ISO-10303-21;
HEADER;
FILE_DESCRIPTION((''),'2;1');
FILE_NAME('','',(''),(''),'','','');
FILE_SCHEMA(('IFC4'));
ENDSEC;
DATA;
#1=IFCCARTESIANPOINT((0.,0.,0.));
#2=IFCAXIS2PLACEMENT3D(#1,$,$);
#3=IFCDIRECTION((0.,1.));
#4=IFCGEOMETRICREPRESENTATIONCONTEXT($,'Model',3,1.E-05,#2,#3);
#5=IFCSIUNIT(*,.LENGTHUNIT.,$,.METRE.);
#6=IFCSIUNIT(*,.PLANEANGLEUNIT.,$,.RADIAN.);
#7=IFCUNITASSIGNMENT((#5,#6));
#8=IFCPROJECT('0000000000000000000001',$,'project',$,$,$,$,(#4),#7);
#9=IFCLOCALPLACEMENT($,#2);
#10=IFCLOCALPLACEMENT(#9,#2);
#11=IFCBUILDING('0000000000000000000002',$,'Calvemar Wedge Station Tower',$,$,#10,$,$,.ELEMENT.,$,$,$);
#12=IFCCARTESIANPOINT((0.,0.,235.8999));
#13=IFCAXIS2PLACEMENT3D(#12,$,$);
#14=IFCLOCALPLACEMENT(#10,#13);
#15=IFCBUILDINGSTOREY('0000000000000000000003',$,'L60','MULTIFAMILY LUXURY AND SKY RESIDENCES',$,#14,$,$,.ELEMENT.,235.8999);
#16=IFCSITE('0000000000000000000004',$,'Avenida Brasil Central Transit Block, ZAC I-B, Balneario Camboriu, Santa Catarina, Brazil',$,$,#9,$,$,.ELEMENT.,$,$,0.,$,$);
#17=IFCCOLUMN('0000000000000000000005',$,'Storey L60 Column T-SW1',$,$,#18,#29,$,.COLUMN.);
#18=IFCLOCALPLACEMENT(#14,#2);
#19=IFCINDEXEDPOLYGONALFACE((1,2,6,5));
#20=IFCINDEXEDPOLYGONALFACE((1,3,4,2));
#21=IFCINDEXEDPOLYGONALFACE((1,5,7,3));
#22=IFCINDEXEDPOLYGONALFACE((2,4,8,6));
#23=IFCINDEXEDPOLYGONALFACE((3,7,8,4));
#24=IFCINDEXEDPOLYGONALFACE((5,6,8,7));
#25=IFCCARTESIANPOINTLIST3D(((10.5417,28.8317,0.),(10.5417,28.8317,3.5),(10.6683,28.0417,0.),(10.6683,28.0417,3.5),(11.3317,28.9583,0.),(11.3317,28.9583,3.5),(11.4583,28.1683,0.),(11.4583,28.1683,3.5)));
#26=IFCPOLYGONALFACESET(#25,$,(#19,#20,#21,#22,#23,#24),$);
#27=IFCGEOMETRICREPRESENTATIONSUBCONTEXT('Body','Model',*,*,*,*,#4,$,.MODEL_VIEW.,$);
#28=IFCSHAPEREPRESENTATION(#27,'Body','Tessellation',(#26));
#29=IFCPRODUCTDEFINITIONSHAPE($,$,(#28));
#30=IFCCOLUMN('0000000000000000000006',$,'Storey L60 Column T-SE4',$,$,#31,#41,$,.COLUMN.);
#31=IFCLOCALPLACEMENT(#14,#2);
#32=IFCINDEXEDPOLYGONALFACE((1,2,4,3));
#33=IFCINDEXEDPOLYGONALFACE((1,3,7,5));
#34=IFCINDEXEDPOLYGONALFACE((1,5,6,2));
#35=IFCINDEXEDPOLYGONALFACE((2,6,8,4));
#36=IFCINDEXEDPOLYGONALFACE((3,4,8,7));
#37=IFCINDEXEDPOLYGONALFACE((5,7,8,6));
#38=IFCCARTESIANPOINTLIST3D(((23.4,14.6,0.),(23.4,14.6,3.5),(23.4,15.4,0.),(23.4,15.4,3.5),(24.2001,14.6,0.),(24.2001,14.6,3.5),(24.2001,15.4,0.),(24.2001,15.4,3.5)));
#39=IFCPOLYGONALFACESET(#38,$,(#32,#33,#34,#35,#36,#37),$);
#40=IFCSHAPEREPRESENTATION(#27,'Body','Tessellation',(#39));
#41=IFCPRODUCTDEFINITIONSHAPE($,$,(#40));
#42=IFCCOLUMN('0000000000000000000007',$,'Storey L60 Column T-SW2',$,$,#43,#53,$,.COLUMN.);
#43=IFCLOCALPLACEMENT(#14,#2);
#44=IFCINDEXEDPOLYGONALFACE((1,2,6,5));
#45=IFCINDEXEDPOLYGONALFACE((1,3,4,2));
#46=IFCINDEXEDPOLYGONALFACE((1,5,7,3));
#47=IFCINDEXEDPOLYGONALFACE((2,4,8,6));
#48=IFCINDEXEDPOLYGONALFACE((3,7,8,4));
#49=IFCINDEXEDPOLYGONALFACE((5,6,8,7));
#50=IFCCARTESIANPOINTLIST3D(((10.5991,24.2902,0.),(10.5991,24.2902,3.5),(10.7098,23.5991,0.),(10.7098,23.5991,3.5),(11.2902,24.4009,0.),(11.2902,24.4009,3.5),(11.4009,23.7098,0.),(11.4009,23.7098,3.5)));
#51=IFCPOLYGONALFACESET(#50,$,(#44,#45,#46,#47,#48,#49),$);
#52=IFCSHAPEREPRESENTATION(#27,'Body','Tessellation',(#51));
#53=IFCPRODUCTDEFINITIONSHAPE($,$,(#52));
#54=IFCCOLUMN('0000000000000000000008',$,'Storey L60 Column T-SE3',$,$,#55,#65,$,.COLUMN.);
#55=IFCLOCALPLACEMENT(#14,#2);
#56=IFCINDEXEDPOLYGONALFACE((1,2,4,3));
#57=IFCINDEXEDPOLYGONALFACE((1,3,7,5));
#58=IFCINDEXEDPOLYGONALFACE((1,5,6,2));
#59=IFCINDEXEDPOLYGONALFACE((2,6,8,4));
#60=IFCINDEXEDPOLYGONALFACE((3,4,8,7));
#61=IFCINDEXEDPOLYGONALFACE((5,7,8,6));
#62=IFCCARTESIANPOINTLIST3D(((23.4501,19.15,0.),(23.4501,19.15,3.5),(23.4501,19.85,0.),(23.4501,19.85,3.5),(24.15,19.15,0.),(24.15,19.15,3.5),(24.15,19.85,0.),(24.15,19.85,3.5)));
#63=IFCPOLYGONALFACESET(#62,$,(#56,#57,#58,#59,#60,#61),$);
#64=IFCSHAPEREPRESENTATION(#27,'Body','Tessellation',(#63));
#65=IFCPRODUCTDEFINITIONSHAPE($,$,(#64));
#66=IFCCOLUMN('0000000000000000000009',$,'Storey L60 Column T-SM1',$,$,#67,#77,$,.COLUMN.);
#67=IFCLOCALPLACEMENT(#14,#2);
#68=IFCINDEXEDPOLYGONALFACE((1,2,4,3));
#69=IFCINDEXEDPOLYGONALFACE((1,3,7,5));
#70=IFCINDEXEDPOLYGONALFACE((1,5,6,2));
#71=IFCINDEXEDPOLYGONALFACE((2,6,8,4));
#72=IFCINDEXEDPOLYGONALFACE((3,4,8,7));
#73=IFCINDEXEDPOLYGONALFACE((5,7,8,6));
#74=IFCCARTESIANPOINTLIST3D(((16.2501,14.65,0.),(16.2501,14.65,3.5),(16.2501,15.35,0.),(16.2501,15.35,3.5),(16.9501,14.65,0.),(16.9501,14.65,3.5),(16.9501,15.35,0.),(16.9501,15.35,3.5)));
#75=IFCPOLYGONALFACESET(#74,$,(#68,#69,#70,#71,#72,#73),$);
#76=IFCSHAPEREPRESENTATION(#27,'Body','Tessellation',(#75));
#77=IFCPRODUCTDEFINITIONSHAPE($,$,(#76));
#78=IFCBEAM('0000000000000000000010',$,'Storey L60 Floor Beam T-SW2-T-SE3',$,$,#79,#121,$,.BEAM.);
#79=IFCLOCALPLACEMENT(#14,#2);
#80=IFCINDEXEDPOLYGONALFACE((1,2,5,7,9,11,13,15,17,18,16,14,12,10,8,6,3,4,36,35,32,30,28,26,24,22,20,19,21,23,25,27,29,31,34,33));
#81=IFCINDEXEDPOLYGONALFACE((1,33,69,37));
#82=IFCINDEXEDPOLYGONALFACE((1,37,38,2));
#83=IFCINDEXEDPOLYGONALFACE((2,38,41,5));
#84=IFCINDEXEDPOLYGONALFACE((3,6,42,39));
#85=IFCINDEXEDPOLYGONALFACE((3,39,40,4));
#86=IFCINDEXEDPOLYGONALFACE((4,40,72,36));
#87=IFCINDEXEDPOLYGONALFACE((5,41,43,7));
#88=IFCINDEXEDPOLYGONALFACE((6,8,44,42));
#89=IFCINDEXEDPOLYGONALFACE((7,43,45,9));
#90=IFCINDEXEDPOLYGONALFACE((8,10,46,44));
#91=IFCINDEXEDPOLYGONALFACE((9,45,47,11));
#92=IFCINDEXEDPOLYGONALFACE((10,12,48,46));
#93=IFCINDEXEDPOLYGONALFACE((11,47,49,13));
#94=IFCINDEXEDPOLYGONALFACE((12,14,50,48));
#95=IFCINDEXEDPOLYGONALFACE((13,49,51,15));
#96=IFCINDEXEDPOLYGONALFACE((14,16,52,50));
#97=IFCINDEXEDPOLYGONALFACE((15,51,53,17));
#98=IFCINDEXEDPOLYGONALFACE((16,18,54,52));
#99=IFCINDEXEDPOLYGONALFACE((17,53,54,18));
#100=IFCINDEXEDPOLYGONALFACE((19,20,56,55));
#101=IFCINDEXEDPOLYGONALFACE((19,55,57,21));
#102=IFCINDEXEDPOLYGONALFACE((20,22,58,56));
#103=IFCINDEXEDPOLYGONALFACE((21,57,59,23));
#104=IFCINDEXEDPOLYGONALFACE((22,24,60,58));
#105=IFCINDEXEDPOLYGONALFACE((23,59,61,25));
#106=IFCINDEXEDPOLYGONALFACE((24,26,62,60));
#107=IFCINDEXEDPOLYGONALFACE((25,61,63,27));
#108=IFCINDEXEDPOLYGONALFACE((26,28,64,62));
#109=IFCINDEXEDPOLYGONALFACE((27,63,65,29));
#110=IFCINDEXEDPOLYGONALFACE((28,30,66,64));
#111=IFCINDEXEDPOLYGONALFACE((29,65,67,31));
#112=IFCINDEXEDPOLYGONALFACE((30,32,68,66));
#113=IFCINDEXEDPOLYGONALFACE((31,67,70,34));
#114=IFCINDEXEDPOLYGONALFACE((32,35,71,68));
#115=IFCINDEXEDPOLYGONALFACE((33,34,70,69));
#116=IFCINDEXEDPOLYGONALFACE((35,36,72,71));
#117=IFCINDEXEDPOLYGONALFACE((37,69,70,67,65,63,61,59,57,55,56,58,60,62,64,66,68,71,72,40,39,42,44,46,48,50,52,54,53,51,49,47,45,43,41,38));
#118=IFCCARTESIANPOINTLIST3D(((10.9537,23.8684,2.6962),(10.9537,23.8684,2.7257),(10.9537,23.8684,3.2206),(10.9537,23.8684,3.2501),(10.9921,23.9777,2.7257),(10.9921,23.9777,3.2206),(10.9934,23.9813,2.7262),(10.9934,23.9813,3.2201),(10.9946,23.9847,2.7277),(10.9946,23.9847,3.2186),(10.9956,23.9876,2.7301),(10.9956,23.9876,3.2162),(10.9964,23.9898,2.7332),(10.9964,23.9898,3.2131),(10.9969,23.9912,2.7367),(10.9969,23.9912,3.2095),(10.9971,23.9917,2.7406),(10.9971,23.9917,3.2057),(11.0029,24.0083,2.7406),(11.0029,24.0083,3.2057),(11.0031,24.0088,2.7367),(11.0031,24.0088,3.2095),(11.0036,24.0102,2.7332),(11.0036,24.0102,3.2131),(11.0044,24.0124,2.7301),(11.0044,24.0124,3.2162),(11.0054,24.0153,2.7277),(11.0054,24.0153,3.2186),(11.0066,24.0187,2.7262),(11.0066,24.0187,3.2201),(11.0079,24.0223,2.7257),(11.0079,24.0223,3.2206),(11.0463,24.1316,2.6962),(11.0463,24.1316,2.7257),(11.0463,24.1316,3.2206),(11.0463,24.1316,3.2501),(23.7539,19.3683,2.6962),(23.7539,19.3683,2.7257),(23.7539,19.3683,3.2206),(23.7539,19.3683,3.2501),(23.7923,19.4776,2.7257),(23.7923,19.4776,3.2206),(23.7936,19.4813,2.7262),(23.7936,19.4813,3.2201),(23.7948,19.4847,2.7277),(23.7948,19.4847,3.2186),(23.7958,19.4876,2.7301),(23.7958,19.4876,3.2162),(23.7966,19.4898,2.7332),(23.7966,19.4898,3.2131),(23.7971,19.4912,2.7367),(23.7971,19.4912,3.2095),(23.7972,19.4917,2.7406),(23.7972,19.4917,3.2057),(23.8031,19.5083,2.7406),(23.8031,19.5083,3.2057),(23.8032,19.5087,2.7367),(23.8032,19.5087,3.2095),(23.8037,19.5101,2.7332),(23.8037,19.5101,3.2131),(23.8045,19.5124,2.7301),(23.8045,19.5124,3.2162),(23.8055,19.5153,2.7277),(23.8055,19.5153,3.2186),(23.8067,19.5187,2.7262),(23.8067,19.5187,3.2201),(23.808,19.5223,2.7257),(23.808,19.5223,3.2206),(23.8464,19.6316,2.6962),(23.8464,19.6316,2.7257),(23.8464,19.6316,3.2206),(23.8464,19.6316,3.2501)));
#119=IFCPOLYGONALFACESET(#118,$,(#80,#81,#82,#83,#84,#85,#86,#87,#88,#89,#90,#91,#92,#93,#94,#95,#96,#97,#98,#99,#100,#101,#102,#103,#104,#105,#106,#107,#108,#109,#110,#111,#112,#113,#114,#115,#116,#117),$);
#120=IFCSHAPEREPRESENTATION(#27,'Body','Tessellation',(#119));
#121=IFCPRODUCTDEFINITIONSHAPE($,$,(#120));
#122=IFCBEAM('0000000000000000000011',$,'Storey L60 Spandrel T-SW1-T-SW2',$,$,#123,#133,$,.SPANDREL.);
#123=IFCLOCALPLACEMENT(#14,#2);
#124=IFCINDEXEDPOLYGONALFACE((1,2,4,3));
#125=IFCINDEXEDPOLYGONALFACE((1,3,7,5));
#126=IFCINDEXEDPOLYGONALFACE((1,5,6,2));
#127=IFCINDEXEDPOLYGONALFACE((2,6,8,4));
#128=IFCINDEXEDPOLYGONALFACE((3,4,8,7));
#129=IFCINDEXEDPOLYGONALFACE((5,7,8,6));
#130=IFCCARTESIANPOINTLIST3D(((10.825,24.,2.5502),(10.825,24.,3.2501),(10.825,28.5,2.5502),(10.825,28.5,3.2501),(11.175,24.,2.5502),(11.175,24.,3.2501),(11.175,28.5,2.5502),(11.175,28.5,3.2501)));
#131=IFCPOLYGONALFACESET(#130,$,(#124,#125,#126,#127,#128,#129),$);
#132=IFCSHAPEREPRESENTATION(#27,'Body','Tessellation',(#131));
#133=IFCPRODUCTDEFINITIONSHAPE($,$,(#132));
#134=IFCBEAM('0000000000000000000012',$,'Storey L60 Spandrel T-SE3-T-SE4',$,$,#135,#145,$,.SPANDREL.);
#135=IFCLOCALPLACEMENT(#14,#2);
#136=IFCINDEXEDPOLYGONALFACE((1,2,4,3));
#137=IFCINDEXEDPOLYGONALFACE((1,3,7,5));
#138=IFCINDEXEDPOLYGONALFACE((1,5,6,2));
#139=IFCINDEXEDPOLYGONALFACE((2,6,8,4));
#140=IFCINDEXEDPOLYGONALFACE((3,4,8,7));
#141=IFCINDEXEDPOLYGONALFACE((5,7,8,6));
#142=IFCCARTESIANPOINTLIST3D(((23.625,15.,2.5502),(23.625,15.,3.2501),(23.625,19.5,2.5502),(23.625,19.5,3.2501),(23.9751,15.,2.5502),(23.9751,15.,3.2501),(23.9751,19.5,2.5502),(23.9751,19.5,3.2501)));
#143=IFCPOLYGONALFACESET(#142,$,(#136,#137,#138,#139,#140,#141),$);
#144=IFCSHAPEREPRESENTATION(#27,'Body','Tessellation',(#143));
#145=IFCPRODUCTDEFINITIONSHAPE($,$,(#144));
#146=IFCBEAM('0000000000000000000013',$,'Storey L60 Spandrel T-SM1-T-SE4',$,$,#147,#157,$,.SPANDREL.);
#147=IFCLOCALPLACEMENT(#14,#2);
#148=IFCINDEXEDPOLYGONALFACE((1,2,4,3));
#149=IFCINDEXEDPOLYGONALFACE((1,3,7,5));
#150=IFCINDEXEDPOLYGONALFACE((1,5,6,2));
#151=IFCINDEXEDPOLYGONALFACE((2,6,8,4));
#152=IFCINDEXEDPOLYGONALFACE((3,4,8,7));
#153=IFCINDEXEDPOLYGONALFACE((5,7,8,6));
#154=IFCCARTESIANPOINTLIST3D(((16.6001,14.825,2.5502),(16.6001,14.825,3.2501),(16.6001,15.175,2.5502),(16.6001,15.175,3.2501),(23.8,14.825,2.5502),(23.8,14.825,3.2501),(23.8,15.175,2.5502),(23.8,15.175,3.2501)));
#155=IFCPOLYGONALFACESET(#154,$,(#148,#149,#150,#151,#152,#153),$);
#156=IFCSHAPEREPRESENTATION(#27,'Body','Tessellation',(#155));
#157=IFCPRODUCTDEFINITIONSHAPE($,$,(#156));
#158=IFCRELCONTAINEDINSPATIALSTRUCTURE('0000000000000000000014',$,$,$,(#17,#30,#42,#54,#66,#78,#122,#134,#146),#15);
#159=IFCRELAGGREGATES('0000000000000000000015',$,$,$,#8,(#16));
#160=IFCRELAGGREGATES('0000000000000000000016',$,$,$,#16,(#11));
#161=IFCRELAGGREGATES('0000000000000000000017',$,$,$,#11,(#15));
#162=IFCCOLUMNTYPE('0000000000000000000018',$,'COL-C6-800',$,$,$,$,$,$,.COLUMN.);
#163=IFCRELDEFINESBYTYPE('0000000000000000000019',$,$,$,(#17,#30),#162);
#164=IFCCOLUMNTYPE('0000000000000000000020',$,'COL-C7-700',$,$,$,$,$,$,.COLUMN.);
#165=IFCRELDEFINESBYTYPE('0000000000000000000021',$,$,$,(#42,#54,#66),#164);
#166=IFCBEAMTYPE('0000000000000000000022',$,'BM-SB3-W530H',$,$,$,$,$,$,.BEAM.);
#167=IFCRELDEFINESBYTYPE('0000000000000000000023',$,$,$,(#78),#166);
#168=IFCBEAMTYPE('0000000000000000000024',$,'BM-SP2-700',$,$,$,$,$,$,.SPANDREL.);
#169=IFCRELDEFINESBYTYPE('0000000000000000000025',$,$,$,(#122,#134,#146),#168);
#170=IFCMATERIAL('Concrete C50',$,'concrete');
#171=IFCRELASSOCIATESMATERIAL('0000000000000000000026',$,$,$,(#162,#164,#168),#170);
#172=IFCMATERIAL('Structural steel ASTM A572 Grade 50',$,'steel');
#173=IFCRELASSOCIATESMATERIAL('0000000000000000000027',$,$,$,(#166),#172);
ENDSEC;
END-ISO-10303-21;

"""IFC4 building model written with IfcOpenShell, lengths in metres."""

from ifc_helpers import new_model, si_unit, direction, frame, origin, origin_2d, place, context, subcontext, project, spatial, rectangle, i_section, extrude, source, transform, mapped, material, material_profile, profile_set, type_object, element, save


model = new_model("IFC4")

# Units and contexts
model_context = context("Model", 3, precision=1e-05, world=origin(), true_north=direction((0.0, 1.0)))
body_context = subcontext(model_context, "Body", "Model", "MODEL_VIEW")
ifc_project = project(units=[si_unit("LENGTHUNIT", "METRE"), si_unit("PLANEANGLEUNIT", "RADIAN")], contexts=[model_context])

# Site, building, storey
site_placement = place(None, origin())
site = spatial("IfcSite", under=ifc_project, at=site_placement, Name="Avenida Brasil Central Transit Block, ZAC I-B, Balneario Camboriu, Santa Catarina, Brazil", CompositionType="ELEMENT", RefElevation=0.0)
building_placement = place(site_placement, origin())
building = spatial("IfcBuilding", under=site, at=building_placement, Name="Calvemar Wedge Station Tower", CompositionType="ELEMENT")
storey_placement = place(building_placement, frame((0.0, 0.0, 235.8999)))
storey = spatial("IfcBuildingStorey", under=building, at=storey_placement, Name="L60", Description="MULTIFAMILY LUXURY AND SKY RESIDENCES", CompositionType="ELEMENT", Elevation=235.8999)

# Columns
ifc_material_1 = material(Name="Concrete C50", Category="concrete")
ifc_material_profile_1 = material_profile(ifc_material_1, rectangle(XDim=0.8, YDim=0.8, at=origin_2d()), Name="RC800x800")
ifc_profile_set_1 = profile_set([ifc_material_profile_1], Name="Concrete C50")
column_type_1 = type_object("IfcColumnType", Name="COL-C6-800", PredefinedType="COLUMN", material=ifc_profile_set_1)
shared_shape_1 = source(origin(), body_context, "Body", "SweptSolid", [
    extrude(rectangle(XDim=0.8, YDim=0.8, at=origin_2d()), origin(), (0.0, 0.0, 1.0), 3.5),
])
for number, where, z_axis, x_axis, name in (
    (1, (11.0, 28.5, 0.0), (0.0, 0.0, 1.0), (0.158158, -0.987414, 0.0), "Storey L60 Column T-SW1"),
    (2, (23.8, 15.0, 0.0), (0.0, 0.0, 1.0), (1.0, 0.0, 0.0), "Storey L60 Column T-SE4"),
):
    element("IfcColumn", number, at=place(storey_placement, frame(where, z_axis=z_axis, x_axis=x_axis)), inside=storey, type_object=column_type_1, Name=name, PredefinedType="COLUMN", context=body_context, shape_type="MappedRepresentation", body=[
        mapped(shared_shape_1, transform((0.0, 0.0, 0.0), scale=1.0)),
    ])
ifc_material_profile_2 = material_profile(ifc_material_1, rectangle(XDim=0.7, YDim=0.7, at=origin_2d()), Name="RC700x700")
ifc_profile_set_2 = profile_set([ifc_material_profile_2], Name="Concrete C50")
column_type_2 = type_object("IfcColumnType", Name="COL-C7-700", PredefinedType="COLUMN", material=ifc_profile_set_2)
shared_shape_2 = source(origin(), body_context, "Body", "SweptSolid", [
    extrude(rectangle(XDim=0.7, YDim=0.7, at=origin_2d()), origin(), (0.0, 0.0, 1.0), 3.5),
])
for number, where, z_axis, x_axis, name in (
    (3, (11.0, 24.0, 0.0), (0.0, 0.0, 1.0), (0.158158, -0.987414, 0.0), "Storey L60 Column T-SW2"),
    (4, (23.8, 19.5, 0.0), (0.0, 0.0, 1.0), (1.0, 0.0, 0.0), "Storey L60 Column T-SE3"),
    (5, (16.6001, 15.0, 0.0), (0.0, 0.0, 1.0), (1.0, 0.0, 0.0), "Storey L60 Column T-SM1"),
):
    element("IfcColumn", number, at=place(storey_placement, frame(where, z_axis=z_axis, x_axis=x_axis)), inside=storey, type_object=column_type_2, Name=name, PredefinedType="COLUMN", context=body_context, shape_type="MappedRepresentation", body=[
        mapped(shared_shape_2, transform((0.0, 0.0, 0.0), scale=1.0)),
    ])

# Beams
ifc_material_2 = material(Name="Structural steel ASTM A572 Grade 50", Category="steel")
ifc_material_profile_3 = material_profile(ifc_material_2, i_section(OverallWidth=0.2791, OverallDepth=0.554, WebThickness=0.0176, FlangeThickness=0.0295, FilletRadius=0.0149, at=origin_2d()), Name="W530x196")
ifc_profile_set_3 = profile_set([ifc_material_profile_3], Name="Structural steel ASTM A572 Grade 50")
beam_type_1 = type_object("IfcBeamType", Name="BM-SB3-W530H", PredefinedType="BEAM", material=ifc_profile_set_3)
shared_shape_3 = source(origin(), body_context, "Body", "SweptSolid", [
    extrude(i_section(OverallWidth=0.2791, OverallDepth=0.554, WebThickness=0.0176, FlangeThickness=0.0295, FilletRadius=0.0149, at=origin_2d()), origin(), (0.0, 0.0, 1.0), 13.5681),
])
beam_1_placement = place(storey_placement, frame((11.0, 24.0, 2.9731), z_axis=(0.943398, -0.331662, 0.0), x_axis=(0.331662, 0.943398, 0.0)))
element("IfcBeam", 6, at=beam_1_placement, inside=storey, type_object=beam_type_1, Name="Storey L60 Floor Beam T-SW2-T-SE3", PredefinedType="BEAM", context=body_context, shape_type="MappedRepresentation", body=[
    mapped(shared_shape_3, transform((0.0, 0.0, 0.0), scale=1.0)),
])
ifc_material_profile_4 = material_profile(ifc_material_1, rectangle(XDim=0.3501, YDim=0.7, at=origin_2d()), Name="RC350x700")
ifc_profile_set_4 = profile_set([ifc_material_profile_4], Name="Concrete C50")
beam_type_2 = type_object("IfcBeamType", Name="BM-SP2-700", PredefinedType="SPANDREL", material=ifc_profile_set_4)
shared_shape_4 = source(origin(), body_context, "Body", "SweptSolid", [
    extrude(rectangle(XDim=0.3501, YDim=0.7, at=origin_2d()), origin(), (0.0, 0.0, 1.0), 4.5),
])
for number, where, z_axis, x_axis, name in (
    (7, (11.0, 28.5, 2.9001), (0.0, -1.0, 0.0), (1.0, 0.0, 0.0), "Storey L60 Spandrel T-SW1-T-SW2"),
    (8, (23.8, 19.5, 2.9001), (0.0, -1.0, 0.0), (1.0, 0.0, 0.0), "Storey L60 Spandrel T-SE3-T-SE4"),
):
    element("IfcBeam", number, at=place(storey_placement, frame(where, z_axis=z_axis, x_axis=x_axis)), inside=storey, type_object=beam_type_2, Name=name, PredefinedType="SPANDREL", context=body_context, shape_type="MappedRepresentation", body=[
        mapped(shared_shape_4, transform((0.0, 0.0, 0.0), scale=1.0)),
    ])
shared_shape_5 = source(origin(), body_context, "Body", "SweptSolid", [
    extrude(rectangle(XDim=0.3501, YDim=0.7, at=origin_2d()), origin(), (0.0, 0.0, 1.0), 7.2),
])
beam_2_placement = place(storey_placement, frame((16.6001, 15.0, 2.9001), z_axis=(1.0, 0.0, 0.0), x_axis=(0.0, 1.0, 0.0)))
element("IfcBeam", 9, at=beam_2_placement, inside=storey, type_object=beam_type_2, Name="Storey L60 Spandrel T-SM1-T-SE4", PredefinedType="SPANDREL", context=body_context, shape_type="MappedRepresentation", body=[
    mapped(shared_shape_5, transform((0.0, 0.0, 0.0), scale=1.0)),
])

save(model, "model.ifc")
